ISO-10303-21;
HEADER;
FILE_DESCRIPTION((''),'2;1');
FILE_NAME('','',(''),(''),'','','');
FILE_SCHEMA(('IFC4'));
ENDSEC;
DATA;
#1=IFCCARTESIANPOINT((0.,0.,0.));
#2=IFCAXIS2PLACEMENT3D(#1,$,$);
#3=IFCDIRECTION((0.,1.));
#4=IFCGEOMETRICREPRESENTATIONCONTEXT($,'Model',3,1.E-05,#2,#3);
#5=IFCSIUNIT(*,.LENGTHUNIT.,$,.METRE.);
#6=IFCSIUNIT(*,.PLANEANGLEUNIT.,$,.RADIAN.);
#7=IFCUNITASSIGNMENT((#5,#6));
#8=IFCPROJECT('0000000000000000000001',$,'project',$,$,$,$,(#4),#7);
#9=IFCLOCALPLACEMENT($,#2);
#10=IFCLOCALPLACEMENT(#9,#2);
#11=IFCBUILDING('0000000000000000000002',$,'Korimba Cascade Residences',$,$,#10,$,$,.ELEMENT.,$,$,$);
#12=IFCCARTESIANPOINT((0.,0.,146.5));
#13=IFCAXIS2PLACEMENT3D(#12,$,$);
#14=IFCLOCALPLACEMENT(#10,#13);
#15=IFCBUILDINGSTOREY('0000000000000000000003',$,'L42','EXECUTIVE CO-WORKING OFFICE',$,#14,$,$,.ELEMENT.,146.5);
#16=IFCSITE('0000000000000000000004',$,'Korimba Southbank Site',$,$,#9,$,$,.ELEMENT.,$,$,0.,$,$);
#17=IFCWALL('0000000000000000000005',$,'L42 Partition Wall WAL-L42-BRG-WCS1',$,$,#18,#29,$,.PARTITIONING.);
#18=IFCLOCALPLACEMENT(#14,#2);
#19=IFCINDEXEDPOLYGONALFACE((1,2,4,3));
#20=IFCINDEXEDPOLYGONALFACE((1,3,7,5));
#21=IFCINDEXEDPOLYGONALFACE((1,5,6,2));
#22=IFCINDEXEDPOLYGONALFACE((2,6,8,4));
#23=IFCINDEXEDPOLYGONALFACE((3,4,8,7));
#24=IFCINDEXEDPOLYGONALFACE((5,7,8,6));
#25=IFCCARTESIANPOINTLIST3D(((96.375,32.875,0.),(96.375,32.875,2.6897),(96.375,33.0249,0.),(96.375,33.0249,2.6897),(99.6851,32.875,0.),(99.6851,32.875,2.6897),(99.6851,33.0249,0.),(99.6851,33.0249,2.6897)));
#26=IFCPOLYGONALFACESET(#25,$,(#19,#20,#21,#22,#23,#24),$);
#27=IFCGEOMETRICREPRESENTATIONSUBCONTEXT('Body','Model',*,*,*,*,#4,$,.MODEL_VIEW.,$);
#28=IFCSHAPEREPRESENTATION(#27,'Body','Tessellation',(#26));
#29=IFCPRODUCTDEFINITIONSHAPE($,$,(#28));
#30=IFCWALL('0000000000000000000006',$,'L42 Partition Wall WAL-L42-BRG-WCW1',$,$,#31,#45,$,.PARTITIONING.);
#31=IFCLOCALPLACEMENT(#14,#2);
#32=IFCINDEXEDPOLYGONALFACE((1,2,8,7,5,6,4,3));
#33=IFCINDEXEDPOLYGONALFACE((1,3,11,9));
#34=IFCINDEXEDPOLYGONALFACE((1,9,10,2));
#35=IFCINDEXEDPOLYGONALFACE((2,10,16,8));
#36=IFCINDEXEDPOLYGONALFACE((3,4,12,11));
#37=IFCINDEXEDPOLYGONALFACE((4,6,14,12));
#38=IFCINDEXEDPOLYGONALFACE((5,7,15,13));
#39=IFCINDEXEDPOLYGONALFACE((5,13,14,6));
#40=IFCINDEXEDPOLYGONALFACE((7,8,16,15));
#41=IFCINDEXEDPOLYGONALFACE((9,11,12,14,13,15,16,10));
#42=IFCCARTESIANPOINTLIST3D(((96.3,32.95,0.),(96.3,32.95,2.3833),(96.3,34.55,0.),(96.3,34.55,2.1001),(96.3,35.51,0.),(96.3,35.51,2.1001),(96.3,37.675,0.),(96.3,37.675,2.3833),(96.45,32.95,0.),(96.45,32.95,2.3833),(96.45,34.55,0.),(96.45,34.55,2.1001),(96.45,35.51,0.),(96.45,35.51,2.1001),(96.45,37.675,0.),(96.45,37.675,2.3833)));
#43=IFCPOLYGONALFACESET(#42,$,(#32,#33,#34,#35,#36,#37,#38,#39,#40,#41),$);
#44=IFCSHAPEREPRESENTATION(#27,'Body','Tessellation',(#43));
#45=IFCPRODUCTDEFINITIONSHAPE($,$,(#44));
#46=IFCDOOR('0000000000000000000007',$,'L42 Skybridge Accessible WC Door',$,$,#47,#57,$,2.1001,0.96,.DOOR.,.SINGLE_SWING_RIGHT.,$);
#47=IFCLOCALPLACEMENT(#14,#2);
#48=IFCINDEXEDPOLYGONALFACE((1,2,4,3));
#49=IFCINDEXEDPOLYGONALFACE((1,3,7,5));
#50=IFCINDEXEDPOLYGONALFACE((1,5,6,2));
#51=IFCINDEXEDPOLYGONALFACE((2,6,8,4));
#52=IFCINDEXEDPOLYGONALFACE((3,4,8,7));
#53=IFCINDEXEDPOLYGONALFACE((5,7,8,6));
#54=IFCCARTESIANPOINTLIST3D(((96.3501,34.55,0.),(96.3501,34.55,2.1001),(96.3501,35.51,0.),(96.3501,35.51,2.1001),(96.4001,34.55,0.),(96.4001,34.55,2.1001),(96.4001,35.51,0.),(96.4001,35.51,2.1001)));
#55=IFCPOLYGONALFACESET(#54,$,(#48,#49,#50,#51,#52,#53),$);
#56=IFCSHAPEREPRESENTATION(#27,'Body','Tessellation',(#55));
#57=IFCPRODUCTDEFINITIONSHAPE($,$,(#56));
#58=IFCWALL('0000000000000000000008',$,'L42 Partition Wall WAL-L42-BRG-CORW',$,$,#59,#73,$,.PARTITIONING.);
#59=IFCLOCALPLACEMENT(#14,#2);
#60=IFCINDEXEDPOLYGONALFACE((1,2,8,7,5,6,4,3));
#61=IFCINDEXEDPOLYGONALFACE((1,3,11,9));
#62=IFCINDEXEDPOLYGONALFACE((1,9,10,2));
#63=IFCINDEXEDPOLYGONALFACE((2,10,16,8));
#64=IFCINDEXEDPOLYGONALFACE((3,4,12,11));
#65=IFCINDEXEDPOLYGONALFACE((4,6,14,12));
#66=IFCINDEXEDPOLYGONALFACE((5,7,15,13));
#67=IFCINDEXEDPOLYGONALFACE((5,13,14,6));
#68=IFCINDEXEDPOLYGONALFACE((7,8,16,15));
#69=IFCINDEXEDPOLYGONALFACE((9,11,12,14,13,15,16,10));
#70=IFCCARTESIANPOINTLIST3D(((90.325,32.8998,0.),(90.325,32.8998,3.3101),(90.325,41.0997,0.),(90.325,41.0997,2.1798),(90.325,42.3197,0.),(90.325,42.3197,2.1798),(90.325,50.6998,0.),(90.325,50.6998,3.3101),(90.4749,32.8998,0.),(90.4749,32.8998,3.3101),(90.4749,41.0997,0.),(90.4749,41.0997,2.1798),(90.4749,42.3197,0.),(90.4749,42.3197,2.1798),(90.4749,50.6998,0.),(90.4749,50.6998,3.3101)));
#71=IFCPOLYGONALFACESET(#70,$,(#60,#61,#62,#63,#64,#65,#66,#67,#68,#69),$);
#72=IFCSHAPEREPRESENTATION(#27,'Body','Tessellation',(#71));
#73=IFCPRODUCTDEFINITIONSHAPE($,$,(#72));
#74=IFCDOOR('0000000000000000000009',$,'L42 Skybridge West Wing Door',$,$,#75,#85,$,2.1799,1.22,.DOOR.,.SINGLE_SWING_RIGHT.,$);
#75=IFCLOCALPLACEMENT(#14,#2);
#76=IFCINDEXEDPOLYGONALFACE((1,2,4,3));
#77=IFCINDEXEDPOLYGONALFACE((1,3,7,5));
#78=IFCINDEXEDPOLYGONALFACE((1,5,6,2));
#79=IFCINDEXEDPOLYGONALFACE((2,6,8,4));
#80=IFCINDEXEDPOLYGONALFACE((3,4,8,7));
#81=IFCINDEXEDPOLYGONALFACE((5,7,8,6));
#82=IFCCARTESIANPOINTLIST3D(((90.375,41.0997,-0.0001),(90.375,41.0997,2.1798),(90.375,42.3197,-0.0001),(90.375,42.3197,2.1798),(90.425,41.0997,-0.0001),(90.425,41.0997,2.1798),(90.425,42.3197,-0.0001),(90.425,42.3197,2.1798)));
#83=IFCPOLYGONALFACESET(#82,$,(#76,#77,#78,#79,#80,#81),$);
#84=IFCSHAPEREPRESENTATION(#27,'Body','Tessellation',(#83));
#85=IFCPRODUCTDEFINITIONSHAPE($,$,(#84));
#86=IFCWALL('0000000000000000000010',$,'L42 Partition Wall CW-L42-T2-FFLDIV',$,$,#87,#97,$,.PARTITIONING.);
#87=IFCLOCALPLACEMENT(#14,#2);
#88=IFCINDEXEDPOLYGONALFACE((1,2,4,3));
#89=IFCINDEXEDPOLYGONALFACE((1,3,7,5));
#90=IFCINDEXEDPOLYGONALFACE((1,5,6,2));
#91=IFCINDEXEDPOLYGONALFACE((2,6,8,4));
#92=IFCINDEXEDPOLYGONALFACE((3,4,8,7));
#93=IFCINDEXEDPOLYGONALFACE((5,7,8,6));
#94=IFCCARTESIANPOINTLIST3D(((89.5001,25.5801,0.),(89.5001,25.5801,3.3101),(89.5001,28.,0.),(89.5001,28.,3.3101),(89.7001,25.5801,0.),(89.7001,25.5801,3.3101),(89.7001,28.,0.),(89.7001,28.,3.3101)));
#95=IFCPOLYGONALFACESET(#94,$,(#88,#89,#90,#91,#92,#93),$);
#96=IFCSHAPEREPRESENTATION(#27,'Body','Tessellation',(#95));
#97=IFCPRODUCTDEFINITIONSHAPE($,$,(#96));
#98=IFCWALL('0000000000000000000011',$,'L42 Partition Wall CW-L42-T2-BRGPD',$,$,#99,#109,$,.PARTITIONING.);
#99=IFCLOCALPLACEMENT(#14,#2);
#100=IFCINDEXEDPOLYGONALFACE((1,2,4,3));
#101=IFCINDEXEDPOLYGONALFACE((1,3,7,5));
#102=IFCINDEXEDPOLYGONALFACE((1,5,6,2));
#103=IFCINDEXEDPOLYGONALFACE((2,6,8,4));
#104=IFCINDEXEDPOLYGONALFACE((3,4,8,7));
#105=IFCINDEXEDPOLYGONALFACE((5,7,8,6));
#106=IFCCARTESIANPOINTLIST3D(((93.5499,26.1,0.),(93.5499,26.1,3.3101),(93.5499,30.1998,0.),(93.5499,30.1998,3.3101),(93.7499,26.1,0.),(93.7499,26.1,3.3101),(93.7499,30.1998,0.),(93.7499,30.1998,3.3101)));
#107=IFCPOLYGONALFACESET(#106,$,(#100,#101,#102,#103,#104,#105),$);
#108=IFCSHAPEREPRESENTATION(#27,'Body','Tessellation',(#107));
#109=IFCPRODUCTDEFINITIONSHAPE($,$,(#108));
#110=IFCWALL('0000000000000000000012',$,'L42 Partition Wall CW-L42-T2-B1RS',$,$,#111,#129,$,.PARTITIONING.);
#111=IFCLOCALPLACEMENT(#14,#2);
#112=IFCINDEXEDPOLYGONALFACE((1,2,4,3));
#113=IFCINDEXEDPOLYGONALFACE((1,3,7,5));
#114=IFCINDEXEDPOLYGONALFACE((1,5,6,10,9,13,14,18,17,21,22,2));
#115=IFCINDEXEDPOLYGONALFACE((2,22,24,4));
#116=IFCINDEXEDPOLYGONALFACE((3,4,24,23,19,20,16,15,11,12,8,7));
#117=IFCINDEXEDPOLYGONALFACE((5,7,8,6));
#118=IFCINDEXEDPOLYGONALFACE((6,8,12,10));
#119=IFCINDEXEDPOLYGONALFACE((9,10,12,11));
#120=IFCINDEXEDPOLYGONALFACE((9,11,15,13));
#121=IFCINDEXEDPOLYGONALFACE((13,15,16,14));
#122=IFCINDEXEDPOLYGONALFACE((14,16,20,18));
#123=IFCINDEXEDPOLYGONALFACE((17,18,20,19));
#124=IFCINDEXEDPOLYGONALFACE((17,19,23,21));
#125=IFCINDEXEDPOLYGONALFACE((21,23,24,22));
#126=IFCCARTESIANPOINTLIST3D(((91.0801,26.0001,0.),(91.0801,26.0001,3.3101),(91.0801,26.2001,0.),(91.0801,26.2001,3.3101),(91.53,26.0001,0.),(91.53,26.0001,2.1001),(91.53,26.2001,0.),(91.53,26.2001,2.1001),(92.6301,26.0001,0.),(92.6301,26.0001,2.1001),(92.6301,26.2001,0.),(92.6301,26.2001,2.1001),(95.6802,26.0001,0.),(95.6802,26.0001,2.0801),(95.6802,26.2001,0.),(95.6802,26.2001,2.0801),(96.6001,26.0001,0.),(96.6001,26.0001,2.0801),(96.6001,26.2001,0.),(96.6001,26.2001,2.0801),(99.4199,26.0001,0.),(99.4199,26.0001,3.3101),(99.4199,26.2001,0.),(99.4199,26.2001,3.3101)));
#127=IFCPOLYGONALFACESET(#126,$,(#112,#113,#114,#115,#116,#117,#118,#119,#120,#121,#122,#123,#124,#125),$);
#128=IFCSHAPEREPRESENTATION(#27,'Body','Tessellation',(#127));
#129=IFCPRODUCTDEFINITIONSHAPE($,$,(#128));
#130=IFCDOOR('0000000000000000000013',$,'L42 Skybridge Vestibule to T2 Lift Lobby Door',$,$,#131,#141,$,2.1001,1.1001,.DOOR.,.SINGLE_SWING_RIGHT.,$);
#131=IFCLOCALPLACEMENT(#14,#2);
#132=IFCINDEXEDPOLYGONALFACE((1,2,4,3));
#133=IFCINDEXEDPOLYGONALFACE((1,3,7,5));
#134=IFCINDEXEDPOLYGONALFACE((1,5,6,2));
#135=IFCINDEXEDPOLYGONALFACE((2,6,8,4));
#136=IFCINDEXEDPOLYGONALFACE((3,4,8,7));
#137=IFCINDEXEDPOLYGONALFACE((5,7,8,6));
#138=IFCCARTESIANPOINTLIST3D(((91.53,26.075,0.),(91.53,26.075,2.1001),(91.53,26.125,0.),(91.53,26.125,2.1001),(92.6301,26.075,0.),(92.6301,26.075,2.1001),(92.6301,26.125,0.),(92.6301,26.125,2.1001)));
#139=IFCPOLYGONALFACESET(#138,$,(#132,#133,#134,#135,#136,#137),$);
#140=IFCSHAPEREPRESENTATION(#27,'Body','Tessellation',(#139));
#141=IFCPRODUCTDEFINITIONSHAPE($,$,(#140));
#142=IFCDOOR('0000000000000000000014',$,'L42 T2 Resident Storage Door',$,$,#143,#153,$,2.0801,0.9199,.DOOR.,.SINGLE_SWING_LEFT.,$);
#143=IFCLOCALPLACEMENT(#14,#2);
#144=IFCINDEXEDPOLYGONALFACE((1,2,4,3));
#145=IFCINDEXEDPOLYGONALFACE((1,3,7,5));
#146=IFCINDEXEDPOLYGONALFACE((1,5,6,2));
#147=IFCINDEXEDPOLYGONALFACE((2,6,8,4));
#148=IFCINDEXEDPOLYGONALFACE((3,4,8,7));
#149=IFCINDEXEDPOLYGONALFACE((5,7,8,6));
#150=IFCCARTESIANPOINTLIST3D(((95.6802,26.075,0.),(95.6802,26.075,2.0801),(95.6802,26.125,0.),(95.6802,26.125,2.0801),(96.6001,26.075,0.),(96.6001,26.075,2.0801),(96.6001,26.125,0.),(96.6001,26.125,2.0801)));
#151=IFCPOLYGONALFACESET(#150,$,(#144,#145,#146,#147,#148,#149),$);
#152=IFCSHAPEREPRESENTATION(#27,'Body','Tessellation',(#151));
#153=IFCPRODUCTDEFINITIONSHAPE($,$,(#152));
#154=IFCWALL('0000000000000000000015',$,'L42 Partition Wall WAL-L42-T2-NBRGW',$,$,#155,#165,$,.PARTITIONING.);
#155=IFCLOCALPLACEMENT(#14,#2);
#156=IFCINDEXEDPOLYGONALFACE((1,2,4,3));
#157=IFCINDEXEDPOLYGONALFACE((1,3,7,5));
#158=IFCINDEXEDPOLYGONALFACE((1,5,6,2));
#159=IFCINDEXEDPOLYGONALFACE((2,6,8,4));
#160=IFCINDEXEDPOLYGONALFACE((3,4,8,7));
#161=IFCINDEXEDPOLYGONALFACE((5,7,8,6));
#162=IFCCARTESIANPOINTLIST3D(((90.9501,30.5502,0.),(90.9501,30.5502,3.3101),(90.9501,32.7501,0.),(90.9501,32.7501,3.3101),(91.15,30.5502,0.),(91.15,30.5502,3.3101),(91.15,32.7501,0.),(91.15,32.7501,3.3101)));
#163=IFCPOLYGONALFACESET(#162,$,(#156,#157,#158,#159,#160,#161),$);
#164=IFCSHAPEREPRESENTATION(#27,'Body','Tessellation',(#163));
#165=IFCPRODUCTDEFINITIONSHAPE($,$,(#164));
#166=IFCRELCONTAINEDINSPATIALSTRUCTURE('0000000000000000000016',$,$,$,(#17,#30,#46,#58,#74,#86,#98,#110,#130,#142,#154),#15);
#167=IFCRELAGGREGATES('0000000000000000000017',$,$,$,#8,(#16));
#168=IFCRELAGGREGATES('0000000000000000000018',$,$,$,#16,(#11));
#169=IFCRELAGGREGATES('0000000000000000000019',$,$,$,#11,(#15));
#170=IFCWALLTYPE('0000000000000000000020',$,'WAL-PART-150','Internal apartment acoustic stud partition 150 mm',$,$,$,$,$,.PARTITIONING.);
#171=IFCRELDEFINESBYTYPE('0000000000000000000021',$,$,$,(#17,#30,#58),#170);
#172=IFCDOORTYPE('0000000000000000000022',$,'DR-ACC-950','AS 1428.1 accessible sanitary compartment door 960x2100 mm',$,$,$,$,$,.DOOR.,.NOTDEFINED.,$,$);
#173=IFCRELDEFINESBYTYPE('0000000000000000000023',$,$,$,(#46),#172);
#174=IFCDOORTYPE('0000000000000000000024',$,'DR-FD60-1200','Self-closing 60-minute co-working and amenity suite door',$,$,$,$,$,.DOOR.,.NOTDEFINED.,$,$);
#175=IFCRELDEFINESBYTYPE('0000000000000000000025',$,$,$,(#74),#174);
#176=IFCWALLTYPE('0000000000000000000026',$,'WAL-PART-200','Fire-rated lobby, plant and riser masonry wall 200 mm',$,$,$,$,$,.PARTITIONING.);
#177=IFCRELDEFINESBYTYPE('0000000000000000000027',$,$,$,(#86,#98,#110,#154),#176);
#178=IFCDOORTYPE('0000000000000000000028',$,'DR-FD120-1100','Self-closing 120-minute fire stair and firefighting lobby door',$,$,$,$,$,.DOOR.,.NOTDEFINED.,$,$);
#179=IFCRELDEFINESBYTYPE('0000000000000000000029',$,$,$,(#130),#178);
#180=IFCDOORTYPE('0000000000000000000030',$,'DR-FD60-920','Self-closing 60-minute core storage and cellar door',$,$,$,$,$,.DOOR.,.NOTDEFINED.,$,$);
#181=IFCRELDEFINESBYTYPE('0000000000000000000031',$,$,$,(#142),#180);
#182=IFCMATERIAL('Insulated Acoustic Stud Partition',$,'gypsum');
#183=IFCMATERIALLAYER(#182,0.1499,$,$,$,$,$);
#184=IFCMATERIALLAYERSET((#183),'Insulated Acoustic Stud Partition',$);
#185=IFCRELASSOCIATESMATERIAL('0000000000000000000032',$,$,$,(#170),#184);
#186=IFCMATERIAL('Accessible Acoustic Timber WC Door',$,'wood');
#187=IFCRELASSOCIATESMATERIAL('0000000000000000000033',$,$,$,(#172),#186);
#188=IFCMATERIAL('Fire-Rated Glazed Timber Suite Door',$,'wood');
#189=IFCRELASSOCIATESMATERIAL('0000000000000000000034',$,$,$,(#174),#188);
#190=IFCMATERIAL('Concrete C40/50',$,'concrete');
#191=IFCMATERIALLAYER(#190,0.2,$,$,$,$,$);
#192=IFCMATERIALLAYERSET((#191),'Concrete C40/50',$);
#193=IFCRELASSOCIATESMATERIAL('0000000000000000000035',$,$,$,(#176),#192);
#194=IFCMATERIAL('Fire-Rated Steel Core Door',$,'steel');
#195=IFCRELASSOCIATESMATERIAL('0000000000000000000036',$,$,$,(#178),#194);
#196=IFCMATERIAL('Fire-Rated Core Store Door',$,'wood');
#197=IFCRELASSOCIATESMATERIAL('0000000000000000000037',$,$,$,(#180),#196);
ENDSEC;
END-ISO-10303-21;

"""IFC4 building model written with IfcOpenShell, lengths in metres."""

from ifc_helpers import new_model, si_unit, direction, frame, frame_2d, origin, place, context, subcontext, project, spatial, rectangle, extrude, material, layer, layer_set, type_object, element, fill, save


model = new_model("IFC4")

# Units and contexts
model_context = context("Model", 3, precision=1e-05, world=origin(), true_north=direction((0.0, 1.0)))
body_context = subcontext(model_context, "Body", "Model", "MODEL_VIEW")
ifc_project = project(units=[si_unit("LENGTHUNIT", "METRE"), si_unit("PLANEANGLEUNIT", "RADIAN")], contexts=[model_context])

# Site, building, storey
site_placement = place(None, origin())
site = spatial("IfcSite", under=ifc_project, at=site_placement, Name="Korimba Southbank Site", CompositionType="ELEMENT", RefElevation=0.0)
building_placement = place(site_placement, origin())
building = spatial("IfcBuilding", under=site, at=building_placement, Name="Korimba Cascade Residences", CompositionType="ELEMENT")
storey_placement = place(building_placement, frame((0.0, 0.0, 146.5)))
storey = spatial("IfcBuildingStorey", under=building, at=storey_placement, Name="L42", Description="EXECUTIVE CO-WORKING OFFICE", CompositionType="ELEMENT", Elevation=146.5)

# Wall
ifc_material_1 = material(Name="Insulated Acoustic Stud Partition", Category="gypsum")
ifc_layer_1 = layer(ifc_material_1, 0.1499)
ifc_layer_set_1 = layer_set([ifc_layer_1], Name="Insulated Acoustic Stud Partition")
wall_type_1 = type_object("IfcWallType", Name="WAL-PART-150", Description="Internal apartment acoustic stud partition 150 mm", PredefinedType="PARTITIONING", material=ifc_layer_set_1)
wall_1_placement = place(storey_placement, frame((96.375, 32.95, 0.0), z_axis=(0.0, 0.0, 1.0), x_axis=(1.0, 0.0, 0.0)))
element("IfcWall", 1, at=wall_1_placement, inside=storey, type_object=wall_type_1, Name="L42 Partition Wall WAL-L42-BRG-WCS1", PredefinedType="PARTITIONING", context=body_context, shape_type="SweptSolid", body=[
    extrude(rectangle(XDim=3.3101, YDim=0.1499, at=frame_2d((1.655, 0.0))), origin(), (0.0, 0.0, 1.0), 2.6897),
])

# Walls, openings, doors
wall_2_placement = place(storey_placement, frame((96.375, 32.95, 0.0), z_axis=(0.0, 0.0, 1.0), x_axis=(0.0, 1.0, 0.0)))
wall_2 = element("IfcWall", 2, at=wall_2_placement, inside=storey, type_object=wall_type_1, Name="L42 Partition Wall WAL-L42-BRG-WCW1", PredefinedType="PARTITIONING", context=body_context, shape_type="SweptSolid", body=[
    extrude(rectangle(XDim=4.7251, YDim=0.1499, at=frame_2d((2.3625, 0.0))), origin(), (0.0, 0.0, 1.0), 2.3833),
])
opening_1_placement = place(wall_2_placement, frame((1.6001, 0.0, 0.0)))
opening_1 = element("IfcOpeningElement", 3, at=opening_1_placement, cuts=wall_2, PredefinedType="OPENING", context=body_context, shape_type="SweptSolid", body=[
    extrude(rectangle(XDim=0.96, YDim=2.1001, at=frame_2d((0.48, 1.05))), frame((0.0, 0.085, 0.0), z_axis=(0.0, -1.0, 0.0), x_axis=(1.0, 0.0, 0.0)), (0.0, 0.0, 1.0), 0.1699),
])
ifc_material_2 = material(Name="Accessible Acoustic Timber WC Door", Category="wood")
door_type_1 = type_object("IfcDoorType", Name="DR-ACC-950", Description="AS 1428.1 accessible sanitary compartment door 960x2100 mm", OperationType="NOTDEFINED", PredefinedType="DOOR", material=ifc_material_2)
door_1_placement = place(opening_1_placement, origin())
door_1 = element("IfcDoor", 4, at=door_1_placement, inside=storey, type_object=door_type_1, Name="L42 Skybridge Accessible WC Door", OperationType="SINGLE_SWING_RIGHT", OverallHeight=2.1001, OverallWidth=0.96, PredefinedType="DOOR", context=body_context, shape_type="SweptSolid", body=[
    extrude(rectangle(XDim=0.96, YDim=2.1001, at=frame_2d((0.48, 1.05))), frame((0.0, 0.0249, 0.0), z_axis=(0.0, -1.0, 0.0), x_axis=(1.0, 0.0, 0.0)), (0.0, 0.0, 1.0), 0.05),
])
fill(opening_1, door_1)
wall_3_placement = place(storey_placement, frame((90.3999, 32.8999, 0.0), z_axis=(0.0, 0.0, 1.0), x_axis=(0.0, 1.0, 0.0)))
wall_3 = element("IfcWall", 5, at=wall_3_placement, inside=storey, type_object=wall_type_1, Name="L42 Partition Wall WAL-L42-BRG-CORW", PredefinedType="PARTITIONING", context=body_context, shape_type="SweptSolid", body=[
    extrude(rectangle(XDim=17.8, YDim=0.1499, at=frame_2d((8.8999, 0.0))), origin(), (0.0, 0.0, 1.0), 3.3101),
])
opening_2_placement = place(wall_3_placement, frame((8.2, 0.0, 0.0)))
opening_2 = element("IfcOpeningElement", 6, at=opening_2_placement, cuts=wall_3, PredefinedType="OPENING", context=body_context, shape_type="SweptSolid", body=[
    extrude(rectangle(XDim=1.22, YDim=2.1799, at=frame_2d((0.6099, 1.0898))), frame((0.0, 0.085, 0.0), z_axis=(0.0, -1.0, 0.0), x_axis=(1.0, 0.0, 0.0)), (0.0, 0.0, 1.0), 0.1699),
])
ifc_material_3 = material(Name="Fire-Rated Glazed Timber Suite Door", Category="wood")
door_type_2 = type_object("IfcDoorType", Name="DR-FD60-1200", Description="Self-closing 60-minute co-working and amenity suite door", OperationType="NOTDEFINED", PredefinedType="DOOR", material=ifc_material_3)
door_2_placement = place(opening_2_placement, origin())
door_2 = element("IfcDoor", 7, at=door_2_placement, inside=storey, type_object=door_type_2, Name="L42 Skybridge West Wing Door", OperationType="SINGLE_SWING_RIGHT", OverallHeight=2.1799, OverallWidth=1.22, PredefinedType="DOOR", context=body_context, shape_type="SweptSolid", body=[
    extrude(rectangle(XDim=1.22, YDim=2.1799, at=frame_2d((0.6099, 1.0898))), frame((0.0, 0.0249, 0.0), z_axis=(0.0, -1.0, 0.0), x_axis=(1.0, 0.0, 0.0)), (0.0, 0.0, 1.0), 0.05),
])
fill(opening_2, door_2)

# Walls
ifc_material_4 = material(Name="Concrete C40/50", Category="concrete")
ifc_layer_2 = layer(ifc_material_4, 0.2)
ifc_layer_set_2 = layer_set([ifc_layer_2], Name="Concrete C40/50")
wall_type_2 = type_object("IfcWallType", Name="WAL-PART-200", Description="Fire-rated lobby, plant and riser masonry wall 200 mm", PredefinedType="PARTITIONING", material=ifc_layer_set_2)
wall_4_placement = place(storey_placement, frame((89.6001, 25.5801, 0.0), z_axis=(0.0, 0.0, 1.0), x_axis=(0.0, 1.0, 0.0)))
element("IfcWall", 8, at=wall_4_placement, inside=storey, type_object=wall_type_2, Name="L42 Partition Wall CW-L42-T2-FFLDIV", PredefinedType="PARTITIONING", context=body_context, shape_type="SweptSolid", body=[
    extrude(rectangle(XDim=2.4199, YDim=0.2, at=frame_2d((1.21, 0.0))), origin(), (0.0, 0.0, 1.0), 3.3101),
])
wall_5_placement = place(storey_placement, frame((93.6499, 26.1001, 0.0), z_axis=(0.0, 0.0, 1.0), x_axis=(0.0, 1.0, 0.0)))
element("IfcWall", 9, at=wall_5_placement, inside=storey, type_object=wall_type_2, Name="L42 Partition Wall CW-L42-T2-BRGPD", PredefinedType="PARTITIONING", context=body_context, shape_type="SweptSolid", body=[
    extrude(rectangle(XDim=4.0999, YDim=0.2, at=frame_2d((2.0498, 0.0))), origin(), (0.0, 0.0, 1.0), 3.3101),
])

# Wall, openings, doors
wall_6_placement = place(storey_placement, frame((91.0801, 26.1001, 0.0), z_axis=(0.0, 0.0, 1.0), x_axis=(1.0, 0.0, 0.0)))
wall_6 = element("IfcWall", 10, at=wall_6_placement, inside=storey, type_object=wall_type_2, Name="L42 Partition Wall CW-L42-T2-B1RS", PredefinedType="PARTITIONING", context=body_context, shape_type="SweptSolid", body=[
    extrude(rectangle(XDim=8.3398, YDim=0.2, at=frame_2d((4.1699, 0.0))), origin(), (0.0, 0.0, 1.0), 3.3101),
])
opening_3_placement = place(wall_6_placement, frame((0.45, 0.0, 0.0)))
opening_3 = element("IfcOpeningElement", 11, at=opening_3_placement, cuts=wall_6, PredefinedType="OPENING", context=body_context, shape_type="SweptSolid", body=[
    extrude(rectangle(XDim=1.1001, YDim=2.1001, at=frame_2d((0.55, 1.05))), frame((0.0, 0.1099, 0.0), z_axis=(0.0, -1.0, 0.0), x_axis=(1.0, 0.0, 0.0)), (0.0, 0.0, 1.0), 0.22),
])
opening_4_placement = place(wall_6_placement, frame((4.6001, 0.0, 0.0)))
opening_4 = element("IfcOpeningElement", 12, at=opening_4_placement, cuts=wall_6, PredefinedType="OPENING", context=body_context, shape_type="SweptSolid", body=[
    extrude(rectangle(XDim=0.9199, YDim=2.0801, at=frame_2d((0.46, 1.04))), frame((0.0, 0.1099, 0.0), z_axis=(0.0, -1.0, 0.0), x_axis=(1.0, 0.0, 0.0)), (0.0, 0.0, 1.0), 0.22),
])
ifc_material_5 = material(Name="Fire-Rated Steel Core Door", Category="steel")
door_type_3 = type_object("IfcDoorType", Name="DR-FD120-1100", Description="Self-closing 120-minute fire stair and firefighting lobby door", OperationType="NOTDEFINED", PredefinedType="DOOR", material=ifc_material_5)
door_3_placement = place(opening_3_placement, origin())
door_3 = element("IfcDoor", 13, at=door_3_placement, inside=storey, type_object=door_type_3, Name="L42 Skybridge Vestibule to T2 Lift Lobby Door", OperationType="SINGLE_SWING_RIGHT", OverallHeight=2.1001, OverallWidth=1.1001, PredefinedType="DOOR", context=body_context, shape_type="SweptSolid", body=[
    extrude(rectangle(XDim=1.1001, YDim=2.1001, at=frame_2d((0.55, 1.05))), frame((0.0, 0.0249, 0.0), z_axis=(0.0, -1.0, 0.0), x_axis=(1.0, 0.0, 0.0)), (0.0, 0.0, 1.0), 0.05),
])
fill(opening_3, door_3)
ifc_material_6 = material(Name="Fire-Rated Core Store Door", Category="wood")
door_type_4 = type_object("IfcDoorType", Name="DR-FD60-920", Description="Self-closing 60-minute core storage and cellar door", OperationType="NOTDEFINED", PredefinedType="DOOR", material=ifc_material_6)
door_4_placement = place(opening_4_placement, origin())
door_4 = element("IfcDoor", 14, at=door_4_placement, inside=storey, type_object=door_type_4, Name="L42 T2 Resident Storage Door", OperationType="SINGLE_SWING_LEFT", OverallHeight=2.0801, OverallWidth=0.9199, PredefinedType="DOOR", context=body_context, shape_type="SweptSolid", body=[
    extrude(rectangle(XDim=0.9199, YDim=2.0801, at=frame_2d((0.46, 1.04))), frame((0.0, 0.0249, 0.0), z_axis=(0.0, -1.0, 0.0), x_axis=(1.0, 0.0, 0.0)), (0.0, 0.0, 1.0), 0.05),
])
fill(opening_4, door_4)

# Wall
wall_7_placement = place(storey_placement, frame((91.05, 30.55, 0.0), z_axis=(0.0, 0.0, 1.0), x_axis=(0.0, 1.0, 0.0)))
element("IfcWall", 15, at=wall_7_placement, inside=storey, type_object=wall_type_2, Name="L42 Partition Wall WAL-L42-T2-NBRGW", PredefinedType="PARTITIONING", context=body_context, shape_type="SweptSolid", body=[
    extrude(rectangle(XDim=2.2, YDim=0.2, at=frame_2d((1.1001, 0.0))), origin(), (0.0, 0.0, 1.0), 3.3101),
])

save(model, "model.ifc")
